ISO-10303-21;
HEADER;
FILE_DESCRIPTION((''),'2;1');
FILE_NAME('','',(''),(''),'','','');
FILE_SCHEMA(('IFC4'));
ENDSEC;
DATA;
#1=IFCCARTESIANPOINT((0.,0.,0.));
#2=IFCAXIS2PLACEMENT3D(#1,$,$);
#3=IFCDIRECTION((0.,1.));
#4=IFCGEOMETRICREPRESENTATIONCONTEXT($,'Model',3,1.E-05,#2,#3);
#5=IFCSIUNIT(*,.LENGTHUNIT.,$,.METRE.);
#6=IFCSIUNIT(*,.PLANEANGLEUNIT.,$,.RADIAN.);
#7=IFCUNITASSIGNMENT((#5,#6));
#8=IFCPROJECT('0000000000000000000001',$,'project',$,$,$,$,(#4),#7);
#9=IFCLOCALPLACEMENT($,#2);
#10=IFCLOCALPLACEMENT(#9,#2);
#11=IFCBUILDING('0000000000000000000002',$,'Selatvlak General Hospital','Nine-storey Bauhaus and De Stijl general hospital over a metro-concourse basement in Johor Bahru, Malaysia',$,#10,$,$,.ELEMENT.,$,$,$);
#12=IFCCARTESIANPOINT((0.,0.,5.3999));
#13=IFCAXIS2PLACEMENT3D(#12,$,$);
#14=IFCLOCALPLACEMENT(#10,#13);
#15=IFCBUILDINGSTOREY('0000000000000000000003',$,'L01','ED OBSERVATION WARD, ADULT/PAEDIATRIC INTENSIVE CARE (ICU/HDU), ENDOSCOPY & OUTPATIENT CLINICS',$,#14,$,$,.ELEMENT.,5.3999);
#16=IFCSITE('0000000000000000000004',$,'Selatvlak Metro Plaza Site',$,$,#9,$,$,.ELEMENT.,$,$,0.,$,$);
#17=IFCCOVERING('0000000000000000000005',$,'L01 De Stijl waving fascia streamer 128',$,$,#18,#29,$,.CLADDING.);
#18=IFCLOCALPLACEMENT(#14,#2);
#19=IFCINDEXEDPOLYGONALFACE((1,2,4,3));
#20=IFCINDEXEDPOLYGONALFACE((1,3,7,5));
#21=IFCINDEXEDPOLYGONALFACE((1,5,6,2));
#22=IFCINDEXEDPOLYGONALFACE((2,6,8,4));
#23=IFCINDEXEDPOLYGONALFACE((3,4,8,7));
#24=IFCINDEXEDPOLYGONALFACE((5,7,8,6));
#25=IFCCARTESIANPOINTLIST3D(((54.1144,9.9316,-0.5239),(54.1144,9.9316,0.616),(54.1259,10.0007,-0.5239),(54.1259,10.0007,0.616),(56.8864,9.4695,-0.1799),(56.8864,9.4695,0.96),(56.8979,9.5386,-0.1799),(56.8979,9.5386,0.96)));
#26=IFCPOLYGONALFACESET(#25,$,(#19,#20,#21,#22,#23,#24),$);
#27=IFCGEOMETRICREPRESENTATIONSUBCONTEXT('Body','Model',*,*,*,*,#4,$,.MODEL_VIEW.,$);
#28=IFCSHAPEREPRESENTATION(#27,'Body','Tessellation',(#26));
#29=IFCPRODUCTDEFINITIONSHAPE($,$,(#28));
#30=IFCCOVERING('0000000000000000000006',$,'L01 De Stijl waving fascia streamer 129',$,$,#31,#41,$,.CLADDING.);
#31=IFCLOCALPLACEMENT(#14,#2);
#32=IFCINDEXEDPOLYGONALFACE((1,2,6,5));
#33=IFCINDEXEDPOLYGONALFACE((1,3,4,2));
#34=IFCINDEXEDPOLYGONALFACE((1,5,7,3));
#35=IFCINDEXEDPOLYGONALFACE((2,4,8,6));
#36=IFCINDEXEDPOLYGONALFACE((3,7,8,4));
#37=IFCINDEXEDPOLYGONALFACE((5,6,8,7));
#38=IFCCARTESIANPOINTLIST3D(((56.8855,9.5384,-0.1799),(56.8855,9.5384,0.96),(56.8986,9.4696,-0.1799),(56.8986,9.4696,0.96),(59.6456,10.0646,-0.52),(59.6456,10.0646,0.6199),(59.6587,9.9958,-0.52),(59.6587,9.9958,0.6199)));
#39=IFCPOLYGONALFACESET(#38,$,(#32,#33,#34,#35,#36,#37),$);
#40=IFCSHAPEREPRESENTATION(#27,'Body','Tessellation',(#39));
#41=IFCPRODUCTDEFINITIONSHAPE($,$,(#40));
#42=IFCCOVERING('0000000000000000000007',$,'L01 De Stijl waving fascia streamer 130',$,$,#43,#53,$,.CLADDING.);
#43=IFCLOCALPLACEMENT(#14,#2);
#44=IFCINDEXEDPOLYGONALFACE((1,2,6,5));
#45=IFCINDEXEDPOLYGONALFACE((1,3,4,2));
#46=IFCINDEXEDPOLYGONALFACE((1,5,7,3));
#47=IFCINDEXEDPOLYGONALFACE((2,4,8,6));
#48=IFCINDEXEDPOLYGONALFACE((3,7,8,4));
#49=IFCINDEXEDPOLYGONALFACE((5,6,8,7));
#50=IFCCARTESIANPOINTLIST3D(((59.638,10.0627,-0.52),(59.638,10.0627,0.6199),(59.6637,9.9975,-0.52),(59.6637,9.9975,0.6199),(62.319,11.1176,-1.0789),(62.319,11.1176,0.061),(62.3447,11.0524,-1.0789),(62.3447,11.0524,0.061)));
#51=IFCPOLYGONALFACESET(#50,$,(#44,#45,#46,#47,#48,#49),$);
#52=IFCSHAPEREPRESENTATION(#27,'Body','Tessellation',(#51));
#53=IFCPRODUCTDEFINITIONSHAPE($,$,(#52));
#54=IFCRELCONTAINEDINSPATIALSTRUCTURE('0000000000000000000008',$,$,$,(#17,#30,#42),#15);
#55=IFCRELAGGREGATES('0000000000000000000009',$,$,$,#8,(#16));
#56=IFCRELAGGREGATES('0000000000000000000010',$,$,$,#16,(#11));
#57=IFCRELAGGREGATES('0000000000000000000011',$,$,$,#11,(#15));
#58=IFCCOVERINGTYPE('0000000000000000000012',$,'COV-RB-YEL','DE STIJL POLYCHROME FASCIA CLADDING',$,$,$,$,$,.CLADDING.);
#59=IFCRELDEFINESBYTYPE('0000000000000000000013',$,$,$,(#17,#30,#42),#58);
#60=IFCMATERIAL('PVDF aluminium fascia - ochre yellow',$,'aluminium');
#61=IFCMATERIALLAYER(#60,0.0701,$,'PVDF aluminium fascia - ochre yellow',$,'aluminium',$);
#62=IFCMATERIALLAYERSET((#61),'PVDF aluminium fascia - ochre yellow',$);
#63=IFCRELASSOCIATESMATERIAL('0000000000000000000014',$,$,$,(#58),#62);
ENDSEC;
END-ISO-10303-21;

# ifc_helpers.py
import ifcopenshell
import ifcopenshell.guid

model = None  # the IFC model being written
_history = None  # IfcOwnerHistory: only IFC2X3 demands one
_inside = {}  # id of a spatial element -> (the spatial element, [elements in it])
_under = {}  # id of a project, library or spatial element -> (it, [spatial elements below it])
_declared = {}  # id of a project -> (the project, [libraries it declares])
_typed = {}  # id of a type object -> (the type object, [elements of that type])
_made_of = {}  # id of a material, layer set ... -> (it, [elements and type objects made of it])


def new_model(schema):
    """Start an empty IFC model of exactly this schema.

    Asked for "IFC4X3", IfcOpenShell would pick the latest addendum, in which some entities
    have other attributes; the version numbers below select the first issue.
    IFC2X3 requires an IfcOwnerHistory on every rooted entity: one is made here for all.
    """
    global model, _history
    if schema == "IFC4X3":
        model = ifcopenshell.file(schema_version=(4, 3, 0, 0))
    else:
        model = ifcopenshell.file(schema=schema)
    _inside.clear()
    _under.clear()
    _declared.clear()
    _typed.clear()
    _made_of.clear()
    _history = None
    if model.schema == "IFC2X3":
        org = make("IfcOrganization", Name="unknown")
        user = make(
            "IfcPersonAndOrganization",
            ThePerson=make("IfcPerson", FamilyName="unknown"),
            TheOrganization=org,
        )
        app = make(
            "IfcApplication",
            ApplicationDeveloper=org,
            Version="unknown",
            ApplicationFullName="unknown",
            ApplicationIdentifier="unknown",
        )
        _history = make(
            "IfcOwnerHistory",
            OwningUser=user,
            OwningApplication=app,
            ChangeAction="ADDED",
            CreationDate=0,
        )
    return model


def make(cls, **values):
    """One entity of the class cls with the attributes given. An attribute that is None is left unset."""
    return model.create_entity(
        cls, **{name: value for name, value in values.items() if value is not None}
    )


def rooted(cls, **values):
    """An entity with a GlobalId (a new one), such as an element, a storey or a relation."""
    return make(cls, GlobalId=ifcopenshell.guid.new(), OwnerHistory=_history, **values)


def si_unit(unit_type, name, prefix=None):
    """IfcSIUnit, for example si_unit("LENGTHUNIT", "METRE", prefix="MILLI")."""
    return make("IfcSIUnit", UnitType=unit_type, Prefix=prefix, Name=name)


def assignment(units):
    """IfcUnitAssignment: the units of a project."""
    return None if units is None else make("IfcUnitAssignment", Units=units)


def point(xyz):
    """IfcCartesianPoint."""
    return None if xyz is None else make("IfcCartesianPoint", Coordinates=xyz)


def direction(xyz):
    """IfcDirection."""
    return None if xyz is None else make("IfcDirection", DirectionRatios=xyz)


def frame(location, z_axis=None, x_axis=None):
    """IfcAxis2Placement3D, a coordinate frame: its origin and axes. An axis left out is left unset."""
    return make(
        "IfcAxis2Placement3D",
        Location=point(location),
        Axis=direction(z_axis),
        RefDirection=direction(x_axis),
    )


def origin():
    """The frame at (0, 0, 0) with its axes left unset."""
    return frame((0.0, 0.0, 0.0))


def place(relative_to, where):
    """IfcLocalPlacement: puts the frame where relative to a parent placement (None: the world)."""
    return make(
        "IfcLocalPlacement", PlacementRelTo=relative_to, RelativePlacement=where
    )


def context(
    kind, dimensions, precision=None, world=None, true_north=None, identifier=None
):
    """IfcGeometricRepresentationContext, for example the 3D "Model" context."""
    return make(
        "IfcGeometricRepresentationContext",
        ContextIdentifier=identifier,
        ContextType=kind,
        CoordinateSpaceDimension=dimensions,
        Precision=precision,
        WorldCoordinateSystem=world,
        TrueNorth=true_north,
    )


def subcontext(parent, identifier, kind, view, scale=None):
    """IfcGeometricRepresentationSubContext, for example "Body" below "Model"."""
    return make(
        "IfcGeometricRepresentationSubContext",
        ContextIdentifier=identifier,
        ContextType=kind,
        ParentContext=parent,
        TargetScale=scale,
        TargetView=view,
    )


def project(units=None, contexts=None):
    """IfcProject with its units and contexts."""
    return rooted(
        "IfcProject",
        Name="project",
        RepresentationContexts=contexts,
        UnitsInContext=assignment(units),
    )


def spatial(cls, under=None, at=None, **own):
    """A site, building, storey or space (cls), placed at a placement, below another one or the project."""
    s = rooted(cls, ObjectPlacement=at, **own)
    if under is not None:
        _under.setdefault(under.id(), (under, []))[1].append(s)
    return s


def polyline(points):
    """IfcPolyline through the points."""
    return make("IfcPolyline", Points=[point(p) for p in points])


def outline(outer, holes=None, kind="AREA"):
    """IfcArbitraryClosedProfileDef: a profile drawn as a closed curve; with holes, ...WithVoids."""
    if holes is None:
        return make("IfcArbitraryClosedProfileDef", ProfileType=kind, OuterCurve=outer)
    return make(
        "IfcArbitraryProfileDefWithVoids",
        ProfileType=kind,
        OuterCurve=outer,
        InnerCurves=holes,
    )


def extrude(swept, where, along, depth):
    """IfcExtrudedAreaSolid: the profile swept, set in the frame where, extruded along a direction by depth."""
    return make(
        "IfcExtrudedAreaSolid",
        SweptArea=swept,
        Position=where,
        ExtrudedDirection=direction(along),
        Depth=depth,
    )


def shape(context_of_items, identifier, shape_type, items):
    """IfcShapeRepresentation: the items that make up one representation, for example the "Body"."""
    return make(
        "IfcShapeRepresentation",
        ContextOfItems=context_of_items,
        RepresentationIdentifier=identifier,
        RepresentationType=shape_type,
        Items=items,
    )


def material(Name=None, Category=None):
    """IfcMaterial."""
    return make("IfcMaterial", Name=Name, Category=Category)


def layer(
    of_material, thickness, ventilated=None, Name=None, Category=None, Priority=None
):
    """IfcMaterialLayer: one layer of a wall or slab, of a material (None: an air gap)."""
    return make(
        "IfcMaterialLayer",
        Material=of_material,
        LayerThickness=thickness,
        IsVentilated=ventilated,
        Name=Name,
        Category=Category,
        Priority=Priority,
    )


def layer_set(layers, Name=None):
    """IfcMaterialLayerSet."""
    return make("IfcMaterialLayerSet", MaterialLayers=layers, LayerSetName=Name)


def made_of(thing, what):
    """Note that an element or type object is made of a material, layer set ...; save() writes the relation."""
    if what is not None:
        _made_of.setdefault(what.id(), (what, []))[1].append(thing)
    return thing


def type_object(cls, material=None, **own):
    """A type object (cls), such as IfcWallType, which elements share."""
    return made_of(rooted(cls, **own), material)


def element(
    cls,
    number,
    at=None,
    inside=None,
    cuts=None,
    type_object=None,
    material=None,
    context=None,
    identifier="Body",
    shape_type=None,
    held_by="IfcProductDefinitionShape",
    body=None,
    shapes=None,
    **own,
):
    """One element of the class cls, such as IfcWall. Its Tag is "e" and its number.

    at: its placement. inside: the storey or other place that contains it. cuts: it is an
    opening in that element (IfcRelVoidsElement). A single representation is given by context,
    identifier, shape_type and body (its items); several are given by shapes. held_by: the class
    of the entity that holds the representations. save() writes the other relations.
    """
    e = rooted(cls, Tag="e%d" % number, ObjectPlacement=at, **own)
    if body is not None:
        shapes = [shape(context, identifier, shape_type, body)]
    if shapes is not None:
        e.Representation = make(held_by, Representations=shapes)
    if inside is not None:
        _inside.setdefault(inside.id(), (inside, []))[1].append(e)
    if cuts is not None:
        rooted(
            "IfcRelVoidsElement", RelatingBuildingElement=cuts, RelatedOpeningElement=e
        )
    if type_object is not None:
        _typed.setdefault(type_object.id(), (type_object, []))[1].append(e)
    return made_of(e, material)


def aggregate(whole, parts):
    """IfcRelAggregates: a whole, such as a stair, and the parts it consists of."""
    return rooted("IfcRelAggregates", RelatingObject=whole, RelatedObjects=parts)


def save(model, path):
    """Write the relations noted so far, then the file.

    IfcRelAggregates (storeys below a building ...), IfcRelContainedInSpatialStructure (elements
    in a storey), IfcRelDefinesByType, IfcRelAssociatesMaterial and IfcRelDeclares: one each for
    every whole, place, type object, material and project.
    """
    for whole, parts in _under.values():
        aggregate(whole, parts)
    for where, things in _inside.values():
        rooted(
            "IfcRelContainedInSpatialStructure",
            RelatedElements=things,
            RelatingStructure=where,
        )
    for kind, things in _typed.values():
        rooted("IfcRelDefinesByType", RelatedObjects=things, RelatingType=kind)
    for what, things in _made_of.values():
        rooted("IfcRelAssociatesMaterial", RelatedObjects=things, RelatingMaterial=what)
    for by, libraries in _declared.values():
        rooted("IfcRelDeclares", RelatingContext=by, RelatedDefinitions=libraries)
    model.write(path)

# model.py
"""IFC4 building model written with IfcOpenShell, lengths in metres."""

from ifc_helpers import new_model, si_unit, direction, frame, origin, place, context, subcontext, project, spatial, polyline, outline, extrude, material, layer, layer_set, type_object, element, save


model = new_model("IFC4")

# Units and contexts
model_context = context("Model", 3, precision=1e-05, world=origin(), true_north=direction((0.0, 1.0)))
body_context = subcontext(model_context, "Body", "Model", "MODEL_VIEW")
ifc_project = project(units=[si_unit("LENGTHUNIT", "METRE"), si_unit("PLANEANGLEUNIT", "RADIAN")], contexts=[model_context])

# Site, building, storey
site_placement = place(None, origin())
site = spatial("IfcSite", under=ifc_project, at=site_placement, Name="Selatvlak Metro Plaza Site", CompositionType="ELEMENT", RefElevation=0.0)
building_placement = place(site_placement, origin())
building = spatial("IfcBuilding", under=site, at=building_placement, Name="Selatvlak General Hospital", Description="Nine-storey Bauhaus and De Stijl general hospital over a metro-concourse basement in Johor Bahru, Malaysia", CompositionType="ELEMENT")
storey_placement = place(building_placement, frame((0.0, 0.0, 5.3999)))
storey = spatial("IfcBuildingStorey", under=building, at=storey_placement, Name="L01", Description="ED OBSERVATION WARD, ADULT/PAEDIATRIC INTENSIVE CARE (ICU/HDU), ENDOSCOPY & OUTPATIENT CLINICS", CompositionType="ELEMENT", Elevation=5.3999)

# Coverings
ifc_material_1 = material(Name="PVDF aluminium fascia - ochre yellow", Category="aluminium")
ifc_layer_1 = layer(ifc_material_1, 0.0701, Name="PVDF aluminium fascia - ochre yellow", Category="aluminium")
ifc_layer_set_1 = layer_set([ifc_layer_1], Name="PVDF aluminium fascia - ochre yellow")
covering_type = type_object("IfcCoveringType", Name="COV-RB-YEL", Description="DE STIJL POLYCHROME FASCIA CLADDING", PredefinedType="CLADDING", material=ifc_layer_set_1)
covering_1_placement = place(storey_placement, frame((54.1201, 9.9661, -0.5239), z_axis=(0.0, 0.0, 1.0), x_axis=(0.986385, -0.164455, 0.0)))
element("IfcCovering", 1, at=covering_1_placement, inside=storey, type_object=covering_type, Name="L01 De Stijl waving fascia streamer 128", PredefinedType="CLADDING", context=body_context, shape_type="SweptSolid", body=[
    extrude(outline(polyline([(0.0, 0.0), (2.8103, 0.344), (2.8103, 1.4839), (0.0, 1.1399), (0.0, 0.0)])), frame((0.0, 0.0352, 0.0), z_axis=(0.0, -1.0, 0.0), x_axis=(1.0, 0.0, 0.0)), (0.0, 0.0, 1.0), 0.0701),
])
covering_2_placement = place(storey_placement, frame((56.8921, 9.5039, -0.1799), z_axis=(0.0, 0.0, 1.0), x_axis=(0.982312, 0.187252, 0.0)))
element("IfcCovering", 2, at=covering_2_placement, inside=storey, type_object=covering_type, Name="L01 De Stijl waving fascia streamer 129", PredefinedType="CLADDING", context=body_context, shape_type="SweptSolid", body=[
    extrude(outline(polyline([(0.0, 0.0), (2.8098, -0.3401), (2.8098, 0.7998), (0.0, 1.1399), (0.0, 0.0)])), frame((0.0, 0.0352, 0.0), z_axis=(0.0, -1.0, 0.0), x_axis=(1.0, 0.0, 0.0)), (0.0, 0.0, 1.0), 0.0701),
])
covering_3_placement = place(storey_placement, frame((59.6509, 10.03, -0.52), z_axis=(0.0, 0.0, 1.0), x_axis=(0.93056, 0.36614, 0.0)))
element("IfcCovering", 3, at=covering_3_placement, inside=storey, type_object=covering_type, Name="L01 De Stijl waving fascia streamer 130", PredefinedType="CLADDING", context=body_context, shape_type="SweptSolid", body=[
    extrude(outline(polyline([(0.0, 0.0), (2.8811, -0.5588), (2.8811, 0.5811), (0.0, 1.1399), (0.0, 0.0)])), frame((0.0, 0.0352, 0.0), z_axis=(0.0, -1.0, 0.0), x_axis=(1.0, 0.0, 0.0)), (0.0, 0.0, 1.0), 0.0701),
])

save(model, "model.ifc")
